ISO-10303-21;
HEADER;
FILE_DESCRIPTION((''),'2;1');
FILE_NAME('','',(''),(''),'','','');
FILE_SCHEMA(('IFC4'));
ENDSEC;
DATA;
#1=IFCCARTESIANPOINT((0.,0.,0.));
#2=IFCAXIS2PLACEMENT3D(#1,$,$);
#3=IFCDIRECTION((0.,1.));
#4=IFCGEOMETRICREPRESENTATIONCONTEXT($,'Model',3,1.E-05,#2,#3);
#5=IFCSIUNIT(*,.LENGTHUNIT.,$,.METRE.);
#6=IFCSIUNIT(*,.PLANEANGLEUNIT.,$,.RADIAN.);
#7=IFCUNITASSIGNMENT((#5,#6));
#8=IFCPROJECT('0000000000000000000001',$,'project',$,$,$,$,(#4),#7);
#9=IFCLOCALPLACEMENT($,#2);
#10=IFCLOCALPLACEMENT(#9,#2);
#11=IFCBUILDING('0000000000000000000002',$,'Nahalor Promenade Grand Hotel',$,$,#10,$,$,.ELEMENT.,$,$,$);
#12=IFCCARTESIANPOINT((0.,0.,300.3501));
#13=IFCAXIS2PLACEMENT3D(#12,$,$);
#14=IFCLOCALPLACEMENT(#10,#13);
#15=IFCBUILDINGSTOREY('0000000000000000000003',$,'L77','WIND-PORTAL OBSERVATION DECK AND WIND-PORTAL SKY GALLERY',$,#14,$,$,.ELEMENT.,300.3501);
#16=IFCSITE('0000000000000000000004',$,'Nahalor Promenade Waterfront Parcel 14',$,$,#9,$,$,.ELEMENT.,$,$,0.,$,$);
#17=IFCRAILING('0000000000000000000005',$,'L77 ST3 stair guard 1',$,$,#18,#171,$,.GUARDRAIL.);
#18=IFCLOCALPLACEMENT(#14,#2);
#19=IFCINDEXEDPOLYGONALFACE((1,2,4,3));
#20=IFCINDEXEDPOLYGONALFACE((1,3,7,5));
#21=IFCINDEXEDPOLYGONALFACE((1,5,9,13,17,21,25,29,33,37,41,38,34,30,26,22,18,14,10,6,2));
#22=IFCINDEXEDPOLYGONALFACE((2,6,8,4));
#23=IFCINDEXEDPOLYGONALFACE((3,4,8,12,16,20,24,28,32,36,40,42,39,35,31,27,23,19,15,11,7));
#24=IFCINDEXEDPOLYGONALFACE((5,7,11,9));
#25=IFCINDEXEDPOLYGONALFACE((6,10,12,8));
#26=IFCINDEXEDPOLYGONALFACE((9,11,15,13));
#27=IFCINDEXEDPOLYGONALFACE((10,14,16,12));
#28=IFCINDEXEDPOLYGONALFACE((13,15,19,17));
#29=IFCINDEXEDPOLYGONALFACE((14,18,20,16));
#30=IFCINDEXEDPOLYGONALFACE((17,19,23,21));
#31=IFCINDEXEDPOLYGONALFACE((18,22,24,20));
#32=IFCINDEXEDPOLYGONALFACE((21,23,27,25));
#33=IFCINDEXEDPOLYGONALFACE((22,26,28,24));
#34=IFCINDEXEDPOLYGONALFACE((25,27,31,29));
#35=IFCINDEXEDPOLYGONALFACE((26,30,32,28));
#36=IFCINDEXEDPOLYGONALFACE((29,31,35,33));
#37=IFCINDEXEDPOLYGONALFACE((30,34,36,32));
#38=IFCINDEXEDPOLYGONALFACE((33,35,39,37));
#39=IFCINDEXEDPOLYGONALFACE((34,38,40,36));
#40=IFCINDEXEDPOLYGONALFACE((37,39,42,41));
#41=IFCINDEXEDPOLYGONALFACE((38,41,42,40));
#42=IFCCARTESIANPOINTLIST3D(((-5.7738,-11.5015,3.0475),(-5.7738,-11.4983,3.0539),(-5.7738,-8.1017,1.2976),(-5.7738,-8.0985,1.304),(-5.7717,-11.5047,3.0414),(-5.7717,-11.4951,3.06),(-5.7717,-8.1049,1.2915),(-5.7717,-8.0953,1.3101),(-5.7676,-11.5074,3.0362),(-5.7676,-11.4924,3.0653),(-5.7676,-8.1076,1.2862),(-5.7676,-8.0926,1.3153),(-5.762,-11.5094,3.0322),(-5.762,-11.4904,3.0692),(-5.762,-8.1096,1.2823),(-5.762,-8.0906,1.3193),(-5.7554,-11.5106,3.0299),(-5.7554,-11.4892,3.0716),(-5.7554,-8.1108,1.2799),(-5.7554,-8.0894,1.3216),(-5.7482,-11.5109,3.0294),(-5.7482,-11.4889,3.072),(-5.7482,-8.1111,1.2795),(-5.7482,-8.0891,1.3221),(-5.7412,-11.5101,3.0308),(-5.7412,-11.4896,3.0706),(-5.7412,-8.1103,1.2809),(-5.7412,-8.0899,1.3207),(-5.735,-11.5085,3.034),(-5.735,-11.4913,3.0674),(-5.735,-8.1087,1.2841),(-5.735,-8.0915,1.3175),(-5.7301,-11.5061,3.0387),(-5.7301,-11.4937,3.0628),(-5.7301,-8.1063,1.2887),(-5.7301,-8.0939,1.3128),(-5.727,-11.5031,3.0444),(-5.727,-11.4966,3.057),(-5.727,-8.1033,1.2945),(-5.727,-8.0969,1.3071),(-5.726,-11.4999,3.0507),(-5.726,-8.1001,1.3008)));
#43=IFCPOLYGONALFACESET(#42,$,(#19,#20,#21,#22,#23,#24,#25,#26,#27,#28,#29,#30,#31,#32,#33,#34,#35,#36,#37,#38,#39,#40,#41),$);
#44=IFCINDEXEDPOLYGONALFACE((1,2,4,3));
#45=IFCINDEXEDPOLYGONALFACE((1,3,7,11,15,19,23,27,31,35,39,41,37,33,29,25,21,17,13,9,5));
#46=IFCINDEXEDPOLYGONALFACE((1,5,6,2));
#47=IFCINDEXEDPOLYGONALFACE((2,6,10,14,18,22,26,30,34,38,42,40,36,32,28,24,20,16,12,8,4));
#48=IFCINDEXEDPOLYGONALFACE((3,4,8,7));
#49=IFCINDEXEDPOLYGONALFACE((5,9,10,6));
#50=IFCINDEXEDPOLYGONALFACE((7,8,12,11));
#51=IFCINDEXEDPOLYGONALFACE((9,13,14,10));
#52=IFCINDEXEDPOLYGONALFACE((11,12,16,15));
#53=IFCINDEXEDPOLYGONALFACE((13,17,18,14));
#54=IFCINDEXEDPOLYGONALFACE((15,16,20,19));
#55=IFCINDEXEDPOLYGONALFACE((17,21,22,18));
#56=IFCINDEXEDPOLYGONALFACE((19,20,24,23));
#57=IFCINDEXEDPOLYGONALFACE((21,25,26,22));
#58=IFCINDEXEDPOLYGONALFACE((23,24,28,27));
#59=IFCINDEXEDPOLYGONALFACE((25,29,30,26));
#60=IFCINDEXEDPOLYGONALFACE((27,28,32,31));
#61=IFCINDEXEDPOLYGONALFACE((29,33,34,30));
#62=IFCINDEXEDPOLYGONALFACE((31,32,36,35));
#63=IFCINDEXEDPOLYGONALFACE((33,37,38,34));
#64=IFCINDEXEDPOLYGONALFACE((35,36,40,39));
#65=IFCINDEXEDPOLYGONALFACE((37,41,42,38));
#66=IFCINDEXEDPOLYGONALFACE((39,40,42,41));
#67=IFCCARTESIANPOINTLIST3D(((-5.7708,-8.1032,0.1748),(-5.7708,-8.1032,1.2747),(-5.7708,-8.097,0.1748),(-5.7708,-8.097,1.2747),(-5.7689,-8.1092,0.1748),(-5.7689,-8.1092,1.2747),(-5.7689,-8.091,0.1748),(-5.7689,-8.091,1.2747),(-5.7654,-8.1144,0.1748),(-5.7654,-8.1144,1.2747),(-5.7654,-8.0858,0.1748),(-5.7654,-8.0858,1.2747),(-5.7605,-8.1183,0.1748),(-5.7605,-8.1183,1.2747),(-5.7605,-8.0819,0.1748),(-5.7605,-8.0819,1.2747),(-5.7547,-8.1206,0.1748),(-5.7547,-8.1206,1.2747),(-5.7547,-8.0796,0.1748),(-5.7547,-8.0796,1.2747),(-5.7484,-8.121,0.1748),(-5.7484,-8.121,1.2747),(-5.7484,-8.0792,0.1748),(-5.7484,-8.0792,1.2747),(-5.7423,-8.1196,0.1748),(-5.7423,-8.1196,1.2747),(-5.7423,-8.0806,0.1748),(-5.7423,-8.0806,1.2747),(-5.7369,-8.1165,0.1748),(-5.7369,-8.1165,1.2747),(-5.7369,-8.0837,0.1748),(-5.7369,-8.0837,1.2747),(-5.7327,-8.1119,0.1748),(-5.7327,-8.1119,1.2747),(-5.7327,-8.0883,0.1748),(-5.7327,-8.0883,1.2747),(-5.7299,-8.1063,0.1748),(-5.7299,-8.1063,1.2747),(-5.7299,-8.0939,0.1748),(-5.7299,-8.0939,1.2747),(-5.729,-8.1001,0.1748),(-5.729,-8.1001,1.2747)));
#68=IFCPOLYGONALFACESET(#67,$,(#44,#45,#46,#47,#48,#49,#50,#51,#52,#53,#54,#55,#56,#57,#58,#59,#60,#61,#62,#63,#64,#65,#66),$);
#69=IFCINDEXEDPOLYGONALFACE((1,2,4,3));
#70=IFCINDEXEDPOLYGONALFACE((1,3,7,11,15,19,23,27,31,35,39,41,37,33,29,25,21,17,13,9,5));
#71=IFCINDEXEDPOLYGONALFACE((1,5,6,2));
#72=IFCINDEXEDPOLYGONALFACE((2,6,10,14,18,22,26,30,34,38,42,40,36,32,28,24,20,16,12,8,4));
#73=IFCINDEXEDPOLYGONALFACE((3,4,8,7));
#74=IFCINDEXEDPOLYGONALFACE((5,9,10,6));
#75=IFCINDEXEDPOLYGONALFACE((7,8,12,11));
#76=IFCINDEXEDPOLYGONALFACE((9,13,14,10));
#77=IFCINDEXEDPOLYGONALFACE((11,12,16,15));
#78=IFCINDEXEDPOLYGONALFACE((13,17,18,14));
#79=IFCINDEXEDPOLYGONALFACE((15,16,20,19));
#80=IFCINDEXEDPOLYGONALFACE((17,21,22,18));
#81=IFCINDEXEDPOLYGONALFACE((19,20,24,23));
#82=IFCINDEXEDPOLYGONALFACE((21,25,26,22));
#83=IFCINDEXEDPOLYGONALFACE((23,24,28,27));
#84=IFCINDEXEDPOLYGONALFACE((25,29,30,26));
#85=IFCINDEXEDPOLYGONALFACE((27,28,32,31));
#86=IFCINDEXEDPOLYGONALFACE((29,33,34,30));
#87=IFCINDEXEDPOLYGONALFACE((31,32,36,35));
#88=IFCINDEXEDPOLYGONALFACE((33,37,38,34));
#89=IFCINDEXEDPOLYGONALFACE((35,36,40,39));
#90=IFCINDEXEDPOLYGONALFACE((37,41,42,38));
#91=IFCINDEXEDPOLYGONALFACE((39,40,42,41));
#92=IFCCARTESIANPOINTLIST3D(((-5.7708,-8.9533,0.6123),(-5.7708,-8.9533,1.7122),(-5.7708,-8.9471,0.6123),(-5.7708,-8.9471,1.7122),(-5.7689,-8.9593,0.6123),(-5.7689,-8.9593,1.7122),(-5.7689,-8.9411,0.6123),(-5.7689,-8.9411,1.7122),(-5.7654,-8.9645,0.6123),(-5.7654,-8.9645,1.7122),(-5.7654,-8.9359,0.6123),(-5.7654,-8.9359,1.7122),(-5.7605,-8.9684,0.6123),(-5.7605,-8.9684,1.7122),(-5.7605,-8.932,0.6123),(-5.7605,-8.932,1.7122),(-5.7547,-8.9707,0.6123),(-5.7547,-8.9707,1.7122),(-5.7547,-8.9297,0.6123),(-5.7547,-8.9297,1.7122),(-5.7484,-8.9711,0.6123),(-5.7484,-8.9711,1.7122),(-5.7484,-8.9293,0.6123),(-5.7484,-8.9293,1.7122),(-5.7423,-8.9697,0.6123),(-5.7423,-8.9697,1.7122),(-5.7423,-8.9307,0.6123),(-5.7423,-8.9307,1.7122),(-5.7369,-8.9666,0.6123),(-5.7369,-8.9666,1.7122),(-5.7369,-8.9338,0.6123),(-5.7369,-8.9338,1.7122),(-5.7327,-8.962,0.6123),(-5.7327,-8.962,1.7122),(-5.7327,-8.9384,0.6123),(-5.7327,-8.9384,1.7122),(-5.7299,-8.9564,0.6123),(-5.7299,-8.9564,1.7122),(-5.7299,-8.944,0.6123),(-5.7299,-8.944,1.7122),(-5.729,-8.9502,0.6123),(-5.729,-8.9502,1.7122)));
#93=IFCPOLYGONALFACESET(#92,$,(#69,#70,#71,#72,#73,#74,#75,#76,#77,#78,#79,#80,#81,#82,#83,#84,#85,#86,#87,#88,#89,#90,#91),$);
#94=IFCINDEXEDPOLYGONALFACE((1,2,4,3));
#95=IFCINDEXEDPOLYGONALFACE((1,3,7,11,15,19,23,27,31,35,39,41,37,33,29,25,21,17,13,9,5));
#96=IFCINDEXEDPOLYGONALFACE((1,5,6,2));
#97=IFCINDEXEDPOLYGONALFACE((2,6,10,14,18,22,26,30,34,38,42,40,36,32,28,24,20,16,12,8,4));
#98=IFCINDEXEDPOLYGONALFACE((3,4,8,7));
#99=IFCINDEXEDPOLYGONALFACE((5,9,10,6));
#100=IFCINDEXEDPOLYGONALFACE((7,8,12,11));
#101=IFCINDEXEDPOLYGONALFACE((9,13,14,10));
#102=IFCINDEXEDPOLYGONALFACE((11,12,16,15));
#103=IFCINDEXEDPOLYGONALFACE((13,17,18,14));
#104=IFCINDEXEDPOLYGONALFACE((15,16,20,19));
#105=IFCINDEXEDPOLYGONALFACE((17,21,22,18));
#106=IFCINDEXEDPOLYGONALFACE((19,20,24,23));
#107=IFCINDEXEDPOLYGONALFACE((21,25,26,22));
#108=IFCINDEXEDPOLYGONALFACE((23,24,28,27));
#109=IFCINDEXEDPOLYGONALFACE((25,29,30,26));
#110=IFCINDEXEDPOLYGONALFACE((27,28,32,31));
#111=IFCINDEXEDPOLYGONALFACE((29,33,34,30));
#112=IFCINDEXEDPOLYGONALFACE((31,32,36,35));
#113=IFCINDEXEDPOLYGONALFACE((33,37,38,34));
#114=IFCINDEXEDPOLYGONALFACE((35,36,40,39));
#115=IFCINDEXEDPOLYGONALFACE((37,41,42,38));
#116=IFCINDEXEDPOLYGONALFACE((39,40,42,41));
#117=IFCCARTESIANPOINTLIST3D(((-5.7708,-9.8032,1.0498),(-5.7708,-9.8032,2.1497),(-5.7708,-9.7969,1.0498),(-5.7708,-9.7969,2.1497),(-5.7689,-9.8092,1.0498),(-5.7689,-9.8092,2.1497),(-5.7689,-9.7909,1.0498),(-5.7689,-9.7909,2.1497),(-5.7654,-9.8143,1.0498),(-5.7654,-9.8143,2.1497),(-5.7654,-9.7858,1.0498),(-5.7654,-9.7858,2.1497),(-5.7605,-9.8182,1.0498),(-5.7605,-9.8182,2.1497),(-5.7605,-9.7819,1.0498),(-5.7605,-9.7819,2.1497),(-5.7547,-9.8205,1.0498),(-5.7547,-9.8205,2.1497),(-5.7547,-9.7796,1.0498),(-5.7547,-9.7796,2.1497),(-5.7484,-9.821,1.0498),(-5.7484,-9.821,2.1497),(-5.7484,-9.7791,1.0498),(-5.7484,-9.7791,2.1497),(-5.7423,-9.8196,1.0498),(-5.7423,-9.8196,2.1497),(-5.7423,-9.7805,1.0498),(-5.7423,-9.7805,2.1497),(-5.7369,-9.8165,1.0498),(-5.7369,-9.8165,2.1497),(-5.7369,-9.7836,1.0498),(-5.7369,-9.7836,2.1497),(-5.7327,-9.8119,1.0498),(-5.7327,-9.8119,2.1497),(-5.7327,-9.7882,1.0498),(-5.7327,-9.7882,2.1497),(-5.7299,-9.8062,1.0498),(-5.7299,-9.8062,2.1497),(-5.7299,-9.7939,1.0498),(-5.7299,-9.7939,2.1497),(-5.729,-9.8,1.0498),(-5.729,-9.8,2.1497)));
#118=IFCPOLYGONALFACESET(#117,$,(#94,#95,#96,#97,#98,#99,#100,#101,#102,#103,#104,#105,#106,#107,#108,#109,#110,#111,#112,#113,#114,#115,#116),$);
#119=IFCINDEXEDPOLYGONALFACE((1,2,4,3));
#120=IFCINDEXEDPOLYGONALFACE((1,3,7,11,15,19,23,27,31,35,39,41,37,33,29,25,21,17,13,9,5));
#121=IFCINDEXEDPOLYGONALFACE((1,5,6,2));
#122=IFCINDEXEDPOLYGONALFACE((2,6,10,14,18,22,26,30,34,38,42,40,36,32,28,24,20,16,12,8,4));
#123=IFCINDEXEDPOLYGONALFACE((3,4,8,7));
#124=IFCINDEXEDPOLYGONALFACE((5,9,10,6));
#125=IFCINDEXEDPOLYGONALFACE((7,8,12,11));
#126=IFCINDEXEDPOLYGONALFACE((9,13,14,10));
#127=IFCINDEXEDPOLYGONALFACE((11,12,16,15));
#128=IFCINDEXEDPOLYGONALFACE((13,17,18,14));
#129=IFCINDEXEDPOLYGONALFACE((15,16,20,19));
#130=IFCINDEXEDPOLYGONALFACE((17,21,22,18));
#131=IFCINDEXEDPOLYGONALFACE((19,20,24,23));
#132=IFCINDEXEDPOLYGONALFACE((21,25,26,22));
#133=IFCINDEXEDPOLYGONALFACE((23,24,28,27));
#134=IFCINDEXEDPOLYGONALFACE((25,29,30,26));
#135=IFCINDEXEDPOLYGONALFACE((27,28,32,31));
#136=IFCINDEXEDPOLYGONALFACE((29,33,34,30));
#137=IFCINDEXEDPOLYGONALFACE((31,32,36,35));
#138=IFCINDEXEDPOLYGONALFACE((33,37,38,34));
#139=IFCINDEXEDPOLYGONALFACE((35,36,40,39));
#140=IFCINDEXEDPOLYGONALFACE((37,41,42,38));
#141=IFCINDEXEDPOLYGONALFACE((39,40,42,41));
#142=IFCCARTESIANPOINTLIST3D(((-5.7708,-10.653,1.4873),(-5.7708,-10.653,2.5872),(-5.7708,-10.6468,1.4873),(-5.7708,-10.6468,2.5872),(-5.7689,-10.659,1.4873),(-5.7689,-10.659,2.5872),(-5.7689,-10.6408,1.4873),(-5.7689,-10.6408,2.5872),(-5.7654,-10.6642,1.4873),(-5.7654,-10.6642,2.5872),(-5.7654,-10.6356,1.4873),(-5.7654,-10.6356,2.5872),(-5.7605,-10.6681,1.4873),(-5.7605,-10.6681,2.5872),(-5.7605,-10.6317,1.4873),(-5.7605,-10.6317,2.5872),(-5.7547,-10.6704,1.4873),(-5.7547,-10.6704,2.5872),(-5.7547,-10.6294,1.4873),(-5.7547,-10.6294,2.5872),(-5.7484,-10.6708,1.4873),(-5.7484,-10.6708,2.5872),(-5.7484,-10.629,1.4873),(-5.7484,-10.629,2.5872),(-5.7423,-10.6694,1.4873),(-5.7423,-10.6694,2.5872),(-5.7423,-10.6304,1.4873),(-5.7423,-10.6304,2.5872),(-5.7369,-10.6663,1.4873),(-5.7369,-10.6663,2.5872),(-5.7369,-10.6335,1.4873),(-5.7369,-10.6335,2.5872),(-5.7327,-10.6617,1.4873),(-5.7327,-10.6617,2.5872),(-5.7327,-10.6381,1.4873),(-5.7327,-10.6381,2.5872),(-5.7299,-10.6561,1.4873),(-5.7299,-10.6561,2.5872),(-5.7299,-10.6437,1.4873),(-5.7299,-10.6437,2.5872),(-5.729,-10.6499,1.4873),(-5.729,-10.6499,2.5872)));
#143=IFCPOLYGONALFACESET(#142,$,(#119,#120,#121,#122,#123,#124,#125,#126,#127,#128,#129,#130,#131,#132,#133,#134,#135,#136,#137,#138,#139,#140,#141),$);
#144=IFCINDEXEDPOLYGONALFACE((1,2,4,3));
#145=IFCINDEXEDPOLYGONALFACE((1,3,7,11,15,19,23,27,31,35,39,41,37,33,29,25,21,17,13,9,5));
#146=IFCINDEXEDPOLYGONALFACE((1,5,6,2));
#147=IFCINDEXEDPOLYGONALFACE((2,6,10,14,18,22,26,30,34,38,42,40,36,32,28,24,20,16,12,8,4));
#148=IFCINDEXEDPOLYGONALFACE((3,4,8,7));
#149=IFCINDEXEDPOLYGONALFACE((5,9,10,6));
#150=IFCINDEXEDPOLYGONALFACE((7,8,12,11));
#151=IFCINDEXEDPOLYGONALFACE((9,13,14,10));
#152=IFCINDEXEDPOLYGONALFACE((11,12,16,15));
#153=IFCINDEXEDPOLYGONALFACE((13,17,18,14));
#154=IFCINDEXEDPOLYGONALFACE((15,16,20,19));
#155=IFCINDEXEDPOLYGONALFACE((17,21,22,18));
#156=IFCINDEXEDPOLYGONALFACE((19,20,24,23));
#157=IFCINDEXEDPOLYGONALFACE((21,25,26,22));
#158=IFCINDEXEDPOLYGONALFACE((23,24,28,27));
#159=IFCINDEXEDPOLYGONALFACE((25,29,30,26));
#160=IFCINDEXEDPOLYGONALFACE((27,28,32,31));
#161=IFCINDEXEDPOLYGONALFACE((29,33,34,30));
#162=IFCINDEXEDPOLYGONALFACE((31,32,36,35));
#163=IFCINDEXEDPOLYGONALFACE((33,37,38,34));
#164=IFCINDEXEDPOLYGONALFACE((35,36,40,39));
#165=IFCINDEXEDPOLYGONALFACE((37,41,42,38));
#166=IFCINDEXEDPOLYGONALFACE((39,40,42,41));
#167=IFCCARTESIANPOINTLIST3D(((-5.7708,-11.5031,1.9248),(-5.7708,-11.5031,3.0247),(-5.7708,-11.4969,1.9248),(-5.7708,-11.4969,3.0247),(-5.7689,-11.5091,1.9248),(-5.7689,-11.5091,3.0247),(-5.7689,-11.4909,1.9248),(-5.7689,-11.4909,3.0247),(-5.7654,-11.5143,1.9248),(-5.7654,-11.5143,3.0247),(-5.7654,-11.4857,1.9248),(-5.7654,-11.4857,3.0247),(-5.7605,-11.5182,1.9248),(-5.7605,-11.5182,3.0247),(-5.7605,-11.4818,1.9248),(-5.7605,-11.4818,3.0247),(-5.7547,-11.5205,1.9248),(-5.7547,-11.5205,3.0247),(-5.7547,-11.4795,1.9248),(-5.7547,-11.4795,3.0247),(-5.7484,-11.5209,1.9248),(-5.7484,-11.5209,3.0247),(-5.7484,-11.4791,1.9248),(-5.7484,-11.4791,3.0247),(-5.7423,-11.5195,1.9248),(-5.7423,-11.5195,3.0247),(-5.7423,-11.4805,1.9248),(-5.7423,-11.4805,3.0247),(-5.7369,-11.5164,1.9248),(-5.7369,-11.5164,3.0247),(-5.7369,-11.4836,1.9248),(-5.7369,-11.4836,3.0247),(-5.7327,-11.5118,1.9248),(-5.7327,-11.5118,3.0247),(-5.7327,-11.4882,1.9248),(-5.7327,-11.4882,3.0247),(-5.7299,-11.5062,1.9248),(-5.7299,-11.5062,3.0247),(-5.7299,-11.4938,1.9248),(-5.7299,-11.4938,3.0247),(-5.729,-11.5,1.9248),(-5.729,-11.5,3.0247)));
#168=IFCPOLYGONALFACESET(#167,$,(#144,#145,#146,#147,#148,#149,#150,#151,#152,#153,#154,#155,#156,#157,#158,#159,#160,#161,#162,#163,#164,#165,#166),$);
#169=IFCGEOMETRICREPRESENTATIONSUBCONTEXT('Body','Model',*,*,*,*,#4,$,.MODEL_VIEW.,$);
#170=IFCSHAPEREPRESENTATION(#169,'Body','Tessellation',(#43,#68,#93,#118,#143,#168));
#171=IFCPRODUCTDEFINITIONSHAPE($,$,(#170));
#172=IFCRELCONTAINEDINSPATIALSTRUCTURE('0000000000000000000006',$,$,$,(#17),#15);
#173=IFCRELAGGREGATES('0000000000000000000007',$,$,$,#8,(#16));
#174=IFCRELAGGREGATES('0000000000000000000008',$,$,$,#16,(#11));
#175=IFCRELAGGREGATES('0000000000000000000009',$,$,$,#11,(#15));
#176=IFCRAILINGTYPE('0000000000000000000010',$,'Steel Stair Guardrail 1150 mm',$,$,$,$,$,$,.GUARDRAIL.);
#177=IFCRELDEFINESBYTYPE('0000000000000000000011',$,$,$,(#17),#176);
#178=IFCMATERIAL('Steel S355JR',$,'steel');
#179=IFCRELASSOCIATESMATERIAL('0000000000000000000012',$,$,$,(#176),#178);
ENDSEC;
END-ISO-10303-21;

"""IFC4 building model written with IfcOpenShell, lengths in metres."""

from ifc_helpers import new_model, si_unit, direction, frame, origin, origin_2d, place, context, subcontext, project, spatial, circle, extrude, material, type_object, element, save


model = new_model("IFC4")

# Units and contexts
model_context = context("Model", 3, precision=1e-05, world=origin(), true_north=direction((0.0, 1.0)))
body_context = subcontext(model_context, "Body", "Model", "MODEL_VIEW")
ifc_project = project(units=[si_unit("LENGTHUNIT", "METRE"), si_unit("PLANEANGLEUNIT", "RADIAN")], contexts=[model_context])

# Site, building, storey
site_placement = place(None, origin())
site = spatial("IfcSite", under=ifc_project, at=site_placement, Name="Nahalor Promenade Waterfront Parcel 14", CompositionType="ELEMENT", RefElevation=0.0)
building_placement = place(site_placement, origin())
building = spatial("IfcBuilding", under=site, at=building_placement, Name="Nahalor Promenade Grand Hotel", CompositionType="ELEMENT")
storey_placement = place(building_placement, frame((0.0, 0.0, 300.3501)))
storey = spatial("IfcBuildingStorey", under=building, at=storey_placement, Name="L77", Description="WIND-PORTAL OBSERVATION DECK AND WIND-PORTAL SKY GALLERY", CompositionType="ELEMENT", Elevation=300.3501)

# Shared definitions
ifc_material_1 = material(Name="Steel S355JR", Category="steel")

# Railing
railing_type_1 = type_object("IfcRailingType", Name="Steel Stair Guardrail 1150 mm", PredefinedType="GUARDRAIL", material=ifc_material_1)
railing_1_placement = place(storey_placement, frame((-5.75, -8.1001, 0.1748)))
element("IfcRailing", 1, at=railing_1_placement, inside=storey, type_object=railing_type_1, Name="L77 ST3 stair guard 1", PredefinedType="GUARDRAIL", context=body_context, shape_type="SweptSolid", body=[
    extrude(circle(Radius=0.024, at=origin_2d()), frame((0.0, 0.0, 1.126), z_axis=(0.0, -0.88913, 0.457654), x_axis=(1.0, 0.0, 0.0)), (0.0, 0.0, 1.0), 3.8237),
    extrude(circle(Radius=0.021, at=origin_2d()), origin(), (0.0, 0.0, 1.0), 1.0999),
    extrude(circle(Radius=0.021, at=origin_2d()), frame((0.0, -0.8501, 0.4375)), (0.0, 0.0, 1.0), 1.0999),
    extrude(circle(Radius=0.021, at=origin_2d()), frame((0.0, -1.7, 0.875)), (0.0, 0.0, 1.0), 1.0999),
    extrude(circle(Radius=0.021, at=origin_2d()), frame((0.0, -2.5498, 1.3125)), (0.0, 0.0, 1.0), 1.0999),
    extrude(circle(Radius=0.021, at=origin_2d()), frame((0.0, -3.3999, 1.75)), (0.0, 0.0, 1.0), 1.0999),
])

save(model, "model.ifc")
